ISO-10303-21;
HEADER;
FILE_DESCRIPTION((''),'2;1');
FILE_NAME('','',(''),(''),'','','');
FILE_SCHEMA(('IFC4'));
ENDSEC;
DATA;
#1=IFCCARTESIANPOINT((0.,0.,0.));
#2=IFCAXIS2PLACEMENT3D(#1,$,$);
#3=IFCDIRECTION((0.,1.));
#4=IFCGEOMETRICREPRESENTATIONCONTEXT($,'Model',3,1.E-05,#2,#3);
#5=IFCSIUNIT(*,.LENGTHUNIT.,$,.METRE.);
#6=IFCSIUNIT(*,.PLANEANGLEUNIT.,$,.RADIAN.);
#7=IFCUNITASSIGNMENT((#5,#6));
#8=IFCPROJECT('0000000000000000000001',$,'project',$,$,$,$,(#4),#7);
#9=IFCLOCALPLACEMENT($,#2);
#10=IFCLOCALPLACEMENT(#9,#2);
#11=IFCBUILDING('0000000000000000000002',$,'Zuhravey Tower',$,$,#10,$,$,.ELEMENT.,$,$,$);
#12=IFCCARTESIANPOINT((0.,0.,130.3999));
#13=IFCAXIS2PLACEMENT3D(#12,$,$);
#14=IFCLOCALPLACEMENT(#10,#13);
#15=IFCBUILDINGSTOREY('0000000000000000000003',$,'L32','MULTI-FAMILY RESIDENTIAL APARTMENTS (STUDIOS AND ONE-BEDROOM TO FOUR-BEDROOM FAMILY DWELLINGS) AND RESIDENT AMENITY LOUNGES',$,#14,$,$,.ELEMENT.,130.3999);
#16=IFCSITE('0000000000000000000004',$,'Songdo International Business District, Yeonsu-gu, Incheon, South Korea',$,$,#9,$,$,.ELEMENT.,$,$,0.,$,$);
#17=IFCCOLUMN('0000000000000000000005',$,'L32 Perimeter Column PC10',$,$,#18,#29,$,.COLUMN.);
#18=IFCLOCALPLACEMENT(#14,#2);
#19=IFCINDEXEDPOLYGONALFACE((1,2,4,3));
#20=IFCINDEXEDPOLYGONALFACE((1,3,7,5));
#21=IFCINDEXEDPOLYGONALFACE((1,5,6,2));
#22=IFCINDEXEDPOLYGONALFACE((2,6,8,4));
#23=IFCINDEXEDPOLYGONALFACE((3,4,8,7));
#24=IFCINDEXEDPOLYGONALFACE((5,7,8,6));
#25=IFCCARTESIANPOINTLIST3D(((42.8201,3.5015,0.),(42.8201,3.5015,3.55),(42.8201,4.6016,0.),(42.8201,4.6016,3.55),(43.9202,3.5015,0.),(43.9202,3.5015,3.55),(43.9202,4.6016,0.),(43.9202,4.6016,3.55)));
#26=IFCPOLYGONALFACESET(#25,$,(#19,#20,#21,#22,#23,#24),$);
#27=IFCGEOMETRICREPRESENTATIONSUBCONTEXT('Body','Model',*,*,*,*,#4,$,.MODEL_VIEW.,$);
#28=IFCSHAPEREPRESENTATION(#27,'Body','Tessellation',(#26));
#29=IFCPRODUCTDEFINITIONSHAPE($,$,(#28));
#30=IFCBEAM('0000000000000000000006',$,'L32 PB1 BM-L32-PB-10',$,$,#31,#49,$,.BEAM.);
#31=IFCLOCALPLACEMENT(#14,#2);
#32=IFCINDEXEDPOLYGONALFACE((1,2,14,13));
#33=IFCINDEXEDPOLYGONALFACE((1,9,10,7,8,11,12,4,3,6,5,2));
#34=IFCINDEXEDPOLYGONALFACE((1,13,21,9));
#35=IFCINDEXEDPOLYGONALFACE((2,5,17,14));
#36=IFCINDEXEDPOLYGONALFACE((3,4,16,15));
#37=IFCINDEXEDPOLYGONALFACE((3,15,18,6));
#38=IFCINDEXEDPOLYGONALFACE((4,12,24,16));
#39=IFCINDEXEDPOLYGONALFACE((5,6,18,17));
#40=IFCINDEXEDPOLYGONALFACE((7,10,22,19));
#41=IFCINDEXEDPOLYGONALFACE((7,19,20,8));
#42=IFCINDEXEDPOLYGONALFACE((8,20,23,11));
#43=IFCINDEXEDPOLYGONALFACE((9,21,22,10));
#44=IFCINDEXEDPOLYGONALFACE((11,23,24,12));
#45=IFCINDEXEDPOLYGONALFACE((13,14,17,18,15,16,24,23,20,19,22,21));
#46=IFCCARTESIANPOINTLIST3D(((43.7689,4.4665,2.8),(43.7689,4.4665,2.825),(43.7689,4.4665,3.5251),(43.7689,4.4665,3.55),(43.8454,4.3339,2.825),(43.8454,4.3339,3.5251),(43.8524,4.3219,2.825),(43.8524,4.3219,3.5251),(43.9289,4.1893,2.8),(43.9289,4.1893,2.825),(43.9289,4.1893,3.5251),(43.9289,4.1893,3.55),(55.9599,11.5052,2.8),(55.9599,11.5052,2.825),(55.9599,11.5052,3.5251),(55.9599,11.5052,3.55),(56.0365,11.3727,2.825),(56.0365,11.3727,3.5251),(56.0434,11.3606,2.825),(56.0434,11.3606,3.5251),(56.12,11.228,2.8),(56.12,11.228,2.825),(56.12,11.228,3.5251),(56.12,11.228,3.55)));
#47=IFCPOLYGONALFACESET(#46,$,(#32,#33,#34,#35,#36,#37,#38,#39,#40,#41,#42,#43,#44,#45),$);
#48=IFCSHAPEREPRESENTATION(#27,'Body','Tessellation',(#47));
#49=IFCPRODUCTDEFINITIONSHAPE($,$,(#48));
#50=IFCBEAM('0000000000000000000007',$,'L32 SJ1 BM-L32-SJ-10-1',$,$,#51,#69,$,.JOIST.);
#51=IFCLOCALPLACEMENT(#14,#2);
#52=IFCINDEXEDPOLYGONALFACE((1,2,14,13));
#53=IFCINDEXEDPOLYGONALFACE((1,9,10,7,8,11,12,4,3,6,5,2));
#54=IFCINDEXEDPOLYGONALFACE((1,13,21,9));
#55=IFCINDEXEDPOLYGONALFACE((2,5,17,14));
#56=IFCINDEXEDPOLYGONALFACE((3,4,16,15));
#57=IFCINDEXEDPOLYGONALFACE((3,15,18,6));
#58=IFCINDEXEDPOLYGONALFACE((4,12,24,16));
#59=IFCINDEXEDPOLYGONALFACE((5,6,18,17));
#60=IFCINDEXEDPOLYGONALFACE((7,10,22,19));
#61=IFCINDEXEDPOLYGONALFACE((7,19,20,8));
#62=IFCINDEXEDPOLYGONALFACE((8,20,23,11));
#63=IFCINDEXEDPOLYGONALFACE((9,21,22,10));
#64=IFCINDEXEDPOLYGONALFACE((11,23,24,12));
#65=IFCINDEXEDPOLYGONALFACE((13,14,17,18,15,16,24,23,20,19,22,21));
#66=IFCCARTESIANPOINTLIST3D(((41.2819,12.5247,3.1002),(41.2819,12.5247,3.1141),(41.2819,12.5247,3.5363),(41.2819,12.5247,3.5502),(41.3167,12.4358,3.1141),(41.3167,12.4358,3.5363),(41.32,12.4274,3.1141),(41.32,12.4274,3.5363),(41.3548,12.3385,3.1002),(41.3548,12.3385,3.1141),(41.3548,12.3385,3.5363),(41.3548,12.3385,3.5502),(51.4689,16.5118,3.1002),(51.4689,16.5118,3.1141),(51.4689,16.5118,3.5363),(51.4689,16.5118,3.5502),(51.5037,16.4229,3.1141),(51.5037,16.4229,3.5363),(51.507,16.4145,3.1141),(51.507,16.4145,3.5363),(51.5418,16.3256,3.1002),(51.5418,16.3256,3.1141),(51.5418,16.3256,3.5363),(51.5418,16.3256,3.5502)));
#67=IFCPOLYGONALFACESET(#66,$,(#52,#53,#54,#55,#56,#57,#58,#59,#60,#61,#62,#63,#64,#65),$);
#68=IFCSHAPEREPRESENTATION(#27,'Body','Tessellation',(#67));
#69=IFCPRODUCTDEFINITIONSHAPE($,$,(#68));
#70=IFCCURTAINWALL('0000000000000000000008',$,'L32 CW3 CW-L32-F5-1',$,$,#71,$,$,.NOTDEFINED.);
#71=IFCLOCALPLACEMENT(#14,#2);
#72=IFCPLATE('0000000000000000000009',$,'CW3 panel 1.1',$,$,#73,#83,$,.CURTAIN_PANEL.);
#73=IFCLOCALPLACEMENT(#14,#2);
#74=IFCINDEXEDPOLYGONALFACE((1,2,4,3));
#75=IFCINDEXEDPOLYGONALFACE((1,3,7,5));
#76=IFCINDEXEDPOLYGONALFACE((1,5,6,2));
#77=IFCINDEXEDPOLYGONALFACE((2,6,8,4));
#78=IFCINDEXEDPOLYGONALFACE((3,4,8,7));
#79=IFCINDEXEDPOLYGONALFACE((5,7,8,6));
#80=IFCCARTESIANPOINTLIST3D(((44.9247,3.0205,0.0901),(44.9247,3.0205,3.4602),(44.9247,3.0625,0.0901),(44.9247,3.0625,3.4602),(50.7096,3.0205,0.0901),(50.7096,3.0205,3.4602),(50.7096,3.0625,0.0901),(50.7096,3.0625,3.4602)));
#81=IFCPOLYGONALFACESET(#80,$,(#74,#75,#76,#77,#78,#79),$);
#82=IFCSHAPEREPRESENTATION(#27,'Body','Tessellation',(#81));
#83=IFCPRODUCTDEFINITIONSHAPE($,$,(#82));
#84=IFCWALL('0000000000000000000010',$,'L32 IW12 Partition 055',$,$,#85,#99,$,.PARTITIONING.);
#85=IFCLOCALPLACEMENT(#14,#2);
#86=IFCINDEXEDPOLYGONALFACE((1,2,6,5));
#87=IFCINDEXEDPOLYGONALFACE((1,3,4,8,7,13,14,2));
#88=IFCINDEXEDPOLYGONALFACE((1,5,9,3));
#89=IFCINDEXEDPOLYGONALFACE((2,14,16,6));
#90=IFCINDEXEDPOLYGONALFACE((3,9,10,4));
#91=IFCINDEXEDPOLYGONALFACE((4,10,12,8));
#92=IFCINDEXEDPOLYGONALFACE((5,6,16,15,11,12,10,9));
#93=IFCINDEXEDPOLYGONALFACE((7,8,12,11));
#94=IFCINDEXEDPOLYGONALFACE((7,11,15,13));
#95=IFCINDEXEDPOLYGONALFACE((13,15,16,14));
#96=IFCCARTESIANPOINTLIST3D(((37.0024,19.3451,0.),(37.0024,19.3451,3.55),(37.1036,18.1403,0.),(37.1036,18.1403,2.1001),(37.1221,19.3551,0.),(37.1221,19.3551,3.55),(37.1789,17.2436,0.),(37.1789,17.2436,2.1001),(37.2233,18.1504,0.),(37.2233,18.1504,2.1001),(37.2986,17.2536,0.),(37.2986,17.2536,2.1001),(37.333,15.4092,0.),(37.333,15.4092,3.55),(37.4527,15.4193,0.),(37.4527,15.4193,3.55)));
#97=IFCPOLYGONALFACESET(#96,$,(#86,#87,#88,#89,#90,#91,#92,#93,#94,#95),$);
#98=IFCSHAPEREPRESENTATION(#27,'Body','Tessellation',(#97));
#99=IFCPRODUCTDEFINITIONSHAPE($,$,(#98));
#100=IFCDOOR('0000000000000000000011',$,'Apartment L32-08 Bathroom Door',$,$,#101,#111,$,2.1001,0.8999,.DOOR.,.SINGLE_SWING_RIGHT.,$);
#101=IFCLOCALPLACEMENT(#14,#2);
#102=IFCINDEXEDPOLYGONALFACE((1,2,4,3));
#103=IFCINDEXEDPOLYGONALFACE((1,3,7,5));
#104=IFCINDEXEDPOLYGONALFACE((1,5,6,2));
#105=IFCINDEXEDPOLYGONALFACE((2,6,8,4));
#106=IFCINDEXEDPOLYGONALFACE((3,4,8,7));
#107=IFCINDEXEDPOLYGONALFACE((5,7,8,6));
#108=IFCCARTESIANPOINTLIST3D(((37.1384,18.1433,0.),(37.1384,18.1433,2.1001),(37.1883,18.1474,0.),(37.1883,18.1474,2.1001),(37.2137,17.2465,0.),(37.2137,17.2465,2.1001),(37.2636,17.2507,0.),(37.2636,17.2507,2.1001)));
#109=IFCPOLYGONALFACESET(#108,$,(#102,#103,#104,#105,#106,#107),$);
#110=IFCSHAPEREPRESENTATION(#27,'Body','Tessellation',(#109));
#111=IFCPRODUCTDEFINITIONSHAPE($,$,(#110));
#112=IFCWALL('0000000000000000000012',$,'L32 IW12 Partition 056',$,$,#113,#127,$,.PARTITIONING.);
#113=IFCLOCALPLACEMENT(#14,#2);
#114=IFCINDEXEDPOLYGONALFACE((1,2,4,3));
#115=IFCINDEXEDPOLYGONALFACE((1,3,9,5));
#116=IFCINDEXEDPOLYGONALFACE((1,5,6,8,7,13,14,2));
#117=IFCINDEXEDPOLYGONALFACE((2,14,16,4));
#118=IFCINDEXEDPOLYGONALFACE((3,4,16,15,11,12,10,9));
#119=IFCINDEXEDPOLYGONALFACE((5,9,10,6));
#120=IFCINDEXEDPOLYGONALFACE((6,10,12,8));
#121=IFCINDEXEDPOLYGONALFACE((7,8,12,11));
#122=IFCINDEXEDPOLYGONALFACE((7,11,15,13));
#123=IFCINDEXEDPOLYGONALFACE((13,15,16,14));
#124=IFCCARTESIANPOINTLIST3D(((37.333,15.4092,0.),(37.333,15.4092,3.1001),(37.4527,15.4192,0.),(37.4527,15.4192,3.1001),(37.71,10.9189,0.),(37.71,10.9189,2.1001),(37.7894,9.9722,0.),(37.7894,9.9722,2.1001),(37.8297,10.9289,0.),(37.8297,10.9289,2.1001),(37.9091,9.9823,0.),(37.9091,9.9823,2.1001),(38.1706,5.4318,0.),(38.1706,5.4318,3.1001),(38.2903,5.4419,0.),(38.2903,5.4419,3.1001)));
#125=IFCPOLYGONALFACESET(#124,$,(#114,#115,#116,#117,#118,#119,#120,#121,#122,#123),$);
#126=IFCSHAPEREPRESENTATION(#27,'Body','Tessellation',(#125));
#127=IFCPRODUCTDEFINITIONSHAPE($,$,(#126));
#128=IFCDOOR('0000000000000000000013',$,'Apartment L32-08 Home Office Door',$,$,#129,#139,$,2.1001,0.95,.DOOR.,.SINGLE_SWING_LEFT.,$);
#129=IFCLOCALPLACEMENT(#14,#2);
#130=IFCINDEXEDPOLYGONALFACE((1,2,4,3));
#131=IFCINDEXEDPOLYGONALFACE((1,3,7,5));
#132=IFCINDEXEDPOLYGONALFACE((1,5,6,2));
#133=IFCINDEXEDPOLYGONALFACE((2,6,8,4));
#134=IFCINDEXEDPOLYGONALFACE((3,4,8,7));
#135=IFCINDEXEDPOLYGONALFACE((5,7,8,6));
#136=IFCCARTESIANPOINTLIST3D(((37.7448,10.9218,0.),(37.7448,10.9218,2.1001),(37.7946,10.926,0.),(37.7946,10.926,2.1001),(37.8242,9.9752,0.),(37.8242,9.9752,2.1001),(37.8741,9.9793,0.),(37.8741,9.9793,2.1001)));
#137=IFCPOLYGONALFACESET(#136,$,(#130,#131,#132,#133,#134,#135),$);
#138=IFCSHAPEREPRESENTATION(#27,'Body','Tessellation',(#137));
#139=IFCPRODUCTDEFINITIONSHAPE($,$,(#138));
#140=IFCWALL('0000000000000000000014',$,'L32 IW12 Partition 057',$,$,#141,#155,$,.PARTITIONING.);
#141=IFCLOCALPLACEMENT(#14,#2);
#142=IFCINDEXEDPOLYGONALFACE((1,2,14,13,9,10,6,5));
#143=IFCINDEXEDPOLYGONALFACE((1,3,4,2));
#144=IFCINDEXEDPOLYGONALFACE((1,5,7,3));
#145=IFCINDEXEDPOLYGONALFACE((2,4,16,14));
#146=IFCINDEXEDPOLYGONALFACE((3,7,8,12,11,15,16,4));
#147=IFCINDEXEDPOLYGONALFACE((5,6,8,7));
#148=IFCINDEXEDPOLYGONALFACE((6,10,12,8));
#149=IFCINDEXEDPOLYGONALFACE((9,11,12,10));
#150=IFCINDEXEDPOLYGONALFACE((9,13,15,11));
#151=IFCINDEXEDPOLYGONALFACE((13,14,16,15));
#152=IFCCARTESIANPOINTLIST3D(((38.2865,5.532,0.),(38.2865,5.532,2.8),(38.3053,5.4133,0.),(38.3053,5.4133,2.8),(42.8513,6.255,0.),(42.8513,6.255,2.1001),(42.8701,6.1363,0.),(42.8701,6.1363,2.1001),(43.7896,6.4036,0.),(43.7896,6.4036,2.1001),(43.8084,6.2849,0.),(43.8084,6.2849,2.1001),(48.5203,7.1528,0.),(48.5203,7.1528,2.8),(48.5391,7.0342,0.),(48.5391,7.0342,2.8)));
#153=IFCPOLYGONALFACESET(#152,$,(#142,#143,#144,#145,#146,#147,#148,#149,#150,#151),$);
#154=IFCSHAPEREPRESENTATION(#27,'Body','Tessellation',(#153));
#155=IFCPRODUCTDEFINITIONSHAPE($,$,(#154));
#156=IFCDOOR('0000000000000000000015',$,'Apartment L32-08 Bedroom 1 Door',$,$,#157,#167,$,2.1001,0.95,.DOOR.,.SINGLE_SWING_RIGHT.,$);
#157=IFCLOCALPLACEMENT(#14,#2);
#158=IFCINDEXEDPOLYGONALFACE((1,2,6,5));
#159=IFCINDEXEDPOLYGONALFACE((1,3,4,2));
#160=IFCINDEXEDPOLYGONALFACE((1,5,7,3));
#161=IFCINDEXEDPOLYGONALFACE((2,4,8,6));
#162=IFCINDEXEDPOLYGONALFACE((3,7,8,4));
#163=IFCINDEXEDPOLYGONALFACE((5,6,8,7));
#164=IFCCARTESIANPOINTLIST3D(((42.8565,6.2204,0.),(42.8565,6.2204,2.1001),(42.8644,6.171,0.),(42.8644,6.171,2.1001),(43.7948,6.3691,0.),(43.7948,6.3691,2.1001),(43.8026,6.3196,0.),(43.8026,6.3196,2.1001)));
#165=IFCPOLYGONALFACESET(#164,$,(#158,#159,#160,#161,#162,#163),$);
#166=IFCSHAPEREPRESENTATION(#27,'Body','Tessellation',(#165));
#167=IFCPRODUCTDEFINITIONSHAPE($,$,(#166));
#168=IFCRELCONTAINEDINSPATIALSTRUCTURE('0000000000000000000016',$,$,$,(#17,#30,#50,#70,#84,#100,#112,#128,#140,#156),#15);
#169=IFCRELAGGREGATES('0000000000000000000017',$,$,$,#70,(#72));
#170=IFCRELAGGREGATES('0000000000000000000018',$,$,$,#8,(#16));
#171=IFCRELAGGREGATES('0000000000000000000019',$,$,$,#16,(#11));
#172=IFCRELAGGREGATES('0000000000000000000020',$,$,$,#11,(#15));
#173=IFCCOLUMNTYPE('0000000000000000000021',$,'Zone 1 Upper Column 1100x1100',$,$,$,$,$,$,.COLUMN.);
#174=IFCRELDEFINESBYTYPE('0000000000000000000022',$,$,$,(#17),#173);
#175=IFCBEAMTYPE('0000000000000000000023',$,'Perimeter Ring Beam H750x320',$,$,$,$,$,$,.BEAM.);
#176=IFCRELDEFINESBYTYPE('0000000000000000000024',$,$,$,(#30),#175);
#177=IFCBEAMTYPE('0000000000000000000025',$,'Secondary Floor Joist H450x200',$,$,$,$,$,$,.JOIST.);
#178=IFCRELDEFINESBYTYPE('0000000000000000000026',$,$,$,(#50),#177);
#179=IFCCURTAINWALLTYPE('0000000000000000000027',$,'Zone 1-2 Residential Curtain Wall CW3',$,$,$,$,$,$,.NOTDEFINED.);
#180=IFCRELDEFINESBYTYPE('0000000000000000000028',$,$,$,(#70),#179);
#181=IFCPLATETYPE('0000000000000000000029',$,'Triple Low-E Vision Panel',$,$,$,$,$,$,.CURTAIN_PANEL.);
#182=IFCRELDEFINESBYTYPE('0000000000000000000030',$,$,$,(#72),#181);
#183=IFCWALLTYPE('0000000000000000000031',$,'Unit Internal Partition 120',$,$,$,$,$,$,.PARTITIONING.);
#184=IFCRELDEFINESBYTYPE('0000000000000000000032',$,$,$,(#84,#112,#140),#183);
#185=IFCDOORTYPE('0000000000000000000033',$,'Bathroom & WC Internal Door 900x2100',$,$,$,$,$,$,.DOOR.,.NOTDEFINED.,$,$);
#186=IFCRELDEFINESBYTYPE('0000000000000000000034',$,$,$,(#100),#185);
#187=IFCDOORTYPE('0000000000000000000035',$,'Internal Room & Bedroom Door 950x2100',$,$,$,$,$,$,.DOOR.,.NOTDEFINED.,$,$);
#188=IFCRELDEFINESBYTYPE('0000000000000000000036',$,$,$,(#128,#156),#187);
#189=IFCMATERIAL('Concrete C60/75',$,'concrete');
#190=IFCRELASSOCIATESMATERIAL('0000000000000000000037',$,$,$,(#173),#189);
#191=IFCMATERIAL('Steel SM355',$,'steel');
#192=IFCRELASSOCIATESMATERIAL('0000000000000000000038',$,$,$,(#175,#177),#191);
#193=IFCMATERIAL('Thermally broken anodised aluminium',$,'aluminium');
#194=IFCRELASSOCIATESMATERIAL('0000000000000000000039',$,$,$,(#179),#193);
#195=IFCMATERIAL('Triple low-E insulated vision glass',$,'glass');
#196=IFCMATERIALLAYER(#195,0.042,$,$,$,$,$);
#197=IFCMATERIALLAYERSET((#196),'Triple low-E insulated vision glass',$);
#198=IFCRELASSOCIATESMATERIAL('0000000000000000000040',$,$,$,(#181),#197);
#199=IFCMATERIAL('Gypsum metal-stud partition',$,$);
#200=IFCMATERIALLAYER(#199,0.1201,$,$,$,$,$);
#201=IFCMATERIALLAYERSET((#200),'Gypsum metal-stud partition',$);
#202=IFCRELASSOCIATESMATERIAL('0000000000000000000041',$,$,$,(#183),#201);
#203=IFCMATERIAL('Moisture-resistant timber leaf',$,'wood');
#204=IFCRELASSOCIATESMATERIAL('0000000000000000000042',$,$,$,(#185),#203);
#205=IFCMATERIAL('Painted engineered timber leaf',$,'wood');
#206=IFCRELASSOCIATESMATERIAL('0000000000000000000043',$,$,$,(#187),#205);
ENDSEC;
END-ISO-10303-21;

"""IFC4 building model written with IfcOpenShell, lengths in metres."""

from ifc_helpers import new_model, si_unit, direction, frame, frame_2d, origin, origin_2d, place, context, subcontext, project, spatial, rectangle, i_section, extrude, material, layer, layer_set, material_profile, profile_set, type_object, element, fill, aggregate, save


model = new_model("IFC4")

# Units and contexts
model_context = context("Model", 3, precision=1e-05, world=origin(), true_north=direction((0.0, 1.0)))
body_context = subcontext(model_context, "Body", "Model", "MODEL_VIEW")
ifc_project = project(units=[si_unit("LENGTHUNIT", "METRE"), si_unit("PLANEANGLEUNIT", "RADIAN")], contexts=[model_context])

# Site, building, storey
site_placement = place(None, origin())
site = spatial("IfcSite", under=ifc_project, at=site_placement, Name="Songdo International Business District, Yeonsu-gu, Incheon, South Korea", CompositionType="ELEMENT", RefElevation=0.0)
building_placement = place(site_placement, origin())
building = spatial("IfcBuilding", under=site, at=building_placement, Name="Zuhravey Tower", CompositionType="ELEMENT")
storey_placement = place(building_placement, frame((0.0, 0.0, 130.3999)))
storey = spatial("IfcBuildingStorey", under=building, at=storey_placement, Name="L32", Description="MULTI-FAMILY RESIDENTIAL APARTMENTS (STUDIOS AND ONE-BEDROOM TO FOUR-BEDROOM FAMILY DWELLINGS) AND RESIDENT AMENITY LOUNGES", CompositionType="ELEMENT", Elevation=130.3999)

# Column
ifc_material_1 = material(Name="Concrete C60/75", Category="concrete")
ifc_material_profile_1 = material_profile(ifc_material_1, rectangle(XDim=1.1001, YDim=1.1001, at=origin_2d()), Name="RC-1100x1100")
ifc_profile_set_1 = profile_set([ifc_material_profile_1], Name="Concrete C60/75")
column_type = type_object("IfcColumnType", Name="Zone 1 Upper Column 1100x1100", PredefinedType="COLUMN", material=ifc_profile_set_1)
column_placement = place(storey_placement, frame((43.3701, 4.0515, 0.0), z_axis=(0.0, 0.0, 1.0), x_axis=(1.0, 0.0, 0.0)))
element("IfcColumn", 1, at=column_placement, inside=storey, type_object=column_type, Name="L32 Perimeter Column PC10", PredefinedType="COLUMN", context=body_context, shape_type="SweptSolid", body=[
    extrude(rectangle(XDim=1.1001, YDim=1.1001, at=origin_2d()), origin(), (0.0, 0.0, 1.0), 3.55),
])

# Beams
ifc_material_2 = material(Name="Steel SM355", Category="steel")
ifc_material_profile_2 = material_profile(ifc_material_2, i_section(OverallWidth=0.3201, OverallDepth=0.75, WebThickness=0.0139, FlangeThickness=0.0249, at=origin_2d()), Name="H-750x320x14x25")
ifc_profile_set_2 = profile_set([ifc_material_profile_2], Name="Steel SM355")
beam_type_1 = type_object("IfcBeamType", Name="Perimeter Ring Beam H750x320", PredefinedType="BEAM", material=ifc_profile_set_2)
beam_1_placement = place(storey_placement, frame((43.8489, 4.3279, 3.175), z_axis=(0.866018, 0.500013, 0.0), x_axis=(-0.500013, 0.866018, 0.0)))
element("IfcBeam", 2, at=beam_1_placement, inside=storey, type_object=beam_type_1, Name="L32 PB1 BM-L32-PB-10", PredefinedType="BEAM", context=body_context, shape_type="SweptSolid", body=[
    extrude(i_section(OverallWidth=0.3201, OverallDepth=0.75, WebThickness=0.0139, FlangeThickness=0.0249, at=origin_2d()), origin(), (0.0, 0.0, 1.0), 14.0771),
])
ifc_material_profile_3 = material_profile(ifc_material_2, i_section(OverallWidth=0.2, OverallDepth=0.45, WebThickness=0.009, FlangeThickness=0.0139, at=origin_2d()), Name="H-450x200x9x14")
ifc_profile_set_3 = profile_set([ifc_material_profile_3], Name="Steel SM355")
beam_type_2 = type_object("IfcBeamType", Name="Secondary Floor Joist H450x200", PredefinedType="JOIST", material=ifc_profile_set_3)
beam_2_placement = place(storey_placement, frame((41.3184, 12.4316, 3.3252), z_axis=(0.931217, 0.364466, 0.0), x_axis=(-0.364466, 0.931217, 0.0)))
element("IfcBeam", 3, at=beam_2_placement, inside=storey, type_object=beam_type_2, Name="L32 SJ1 BM-L32-SJ-10-1", PredefinedType="JOIST", context=body_context, shape_type="SweptSolid", body=[
    extrude(i_section(OverallWidth=0.2, OverallDepth=0.45, WebThickness=0.009, FlangeThickness=0.0139, at=origin_2d()), origin(), (0.0, 0.0, 1.0), 10.9395),
])

# Curtain wall, plate
ifc_material_3 = material(Name="Thermally broken anodised aluminium", Category="aluminium")
curtain_wall_type = type_object("IfcCurtainWallType", Name="Zone 1-2 Residential Curtain Wall CW3", PredefinedType="NOTDEFINED", material=ifc_material_3)
curtain_wall_placement = place(storey_placement, origin())
curtain_wall = element("IfcCurtainWall", 4, at=curtain_wall_placement, inside=storey, type_object=curtain_wall_type, Name="L32 CW3 CW-L32-F5-1", PredefinedType="NOTDEFINED")
ifc_material_4 = material(Name="Triple low-E insulated vision glass", Category="glass")
ifc_layer_1 = layer(ifc_material_4, 0.042)
ifc_layer_set_1 = layer_set([ifc_layer_1], Name="Triple low-E insulated vision glass")
plate_type = type_object("IfcPlateType", Name="Triple Low-E Vision Panel", PredefinedType="CURTAIN_PANEL", material=ifc_layer_set_1)
plate_placement = place(storey_placement, frame((47.8171, 3.0415, 0.0901), z_axis=(0.0, 0.0, 1.0), x_axis=(-1.0, 0.0, 0.0)))
plate = element("IfcPlate", 5, at=plate_placement, type_object=plate_type, Name="CW3 panel 1.1", PredefinedType="CURTAIN_PANEL", context=body_context, shape_type="SweptSolid", body=[
    extrude(rectangle(XDim=5.7849, YDim=0.042, at=origin_2d()), origin(), (0.0, 0.0, 1.0), 3.3701),
])
aggregate(curtain_wall, [plate])

# Walls, openings, doors
ifc_material_5 = material(Name="Gypsum metal-stud partition")
ifc_layer_2 = layer(ifc_material_5, 0.1201)
ifc_layer_set_2 = layer_set([ifc_layer_2], Name="Gypsum metal-stud partition")
wall_type = type_object("IfcWallType", Name="Unit Internal Partition 120", PredefinedType="PARTITIONING", material=ifc_layer_set_2)
wall_1_placement = place(storey_placement, frame((37.0623, 19.3501, 0.0), z_axis=(0.0, 0.0, 1.0), x_axis=(0.083695, -0.996491, 0.0)))
wall_1 = element("IfcWall", 6, at=wall_1_placement, inside=storey, type_object=wall_type, Name="L32 IW12 Partition 055", PredefinedType="PARTITIONING", context=body_context, shape_type="SweptSolid", body=[
    extrude(rectangle(XDim=3.9497, YDim=0.1201, at=frame_2d((1.9749, 0.0))), origin(), (0.0, 0.0, 1.0), 3.55),
])
opening_1_placement = place(wall_1_placement, frame((1.209, 0.0, 0.0)))
opening_1 = element("IfcOpeningElement", 7, at=opening_1_placement, cuts=wall_1, PredefinedType="OPENING", context=body_context, shape_type="SweptSolid", body=[
    extrude(rectangle(XDim=0.8999, YDim=2.1001, at=frame_2d((0.45, 1.05))), frame((0.0, 0.072, 0.0), z_axis=(0.0, -1.0, 0.0), x_axis=(1.0, 0.0, 0.0)), (0.0, 0.0, 1.0), 0.144),
])
ifc_material_6 = material(Name="Moisture-resistant timber leaf", Category="wood")
door_type_1 = type_object("IfcDoorType", Name="Bathroom & WC Internal Door 900x2100", OperationType="NOTDEFINED", PredefinedType="DOOR", material=ifc_material_6)
door_1_placement = place(opening_1_placement, origin())
door_1 = element("IfcDoor", 8, at=door_1_placement, inside=storey, type_object=door_type_1, Name="Apartment L32-08 Bathroom Door", OperationType="SINGLE_SWING_RIGHT", OverallHeight=2.1001, OverallWidth=0.8999, PredefinedType="DOOR", context=body_context, shape_type="SweptSolid", body=[
    extrude(rectangle(XDim=0.8999, YDim=2.1001, at=frame_2d((0.45, 1.05))), frame((0.0, 0.0249, 0.0), z_axis=(0.0, -1.0, 0.0), x_axis=(1.0, 0.0, 0.0)), (0.0, 0.0, 1.0), 0.05),
])
fill(opening_1, door_1)
wall_2_placement = place(storey_placement, frame((37.3928, 15.4143, 0.0), z_axis=(0.0, 0.0, 1.0), x_axis=(0.083661, -0.996494, 0.0)))
wall_2 = element("IfcWall", 9, at=wall_2_placement, inside=storey, type_object=wall_type, Name="L32 IW12 Partition 056", PredefinedType="PARTITIONING", context=body_context, shape_type="SweptSolid", body=[
    extrude(rectangle(XDim=10.0125, YDim=0.1201, at=frame_2d((5.0063, 0.0))), origin(), (0.0, 0.0, 1.0), 3.1001),
])
opening_2_placement = place(wall_2_placement, frame((4.5061, 0.0, 0.0)))
opening_2 = element("IfcOpeningElement", 10, at=opening_2_placement, cuts=wall_2, PredefinedType="OPENING", context=body_context, shape_type="SweptSolid", body=[
    extrude(rectangle(XDim=0.95, YDim=2.1001, at=frame_2d((0.4751, 1.05))), frame((0.0, 0.072, 0.0), z_axis=(0.0, -1.0, 0.0), x_axis=(1.0, 0.0, 0.0)), (0.0, 0.0, 1.0), 0.144),
])
ifc_material_7 = material(Name="Painted engineered timber leaf", Category="wood")
door_type_2 = type_object("IfcDoorType", Name="Internal Room & Bedroom Door 950x2100", OperationType="NOTDEFINED", PredefinedType="DOOR", material=ifc_material_7)
door_2_placement = place(opening_2_placement, origin())
door_2 = element("IfcDoor", 11, at=door_2_placement, inside=storey, type_object=door_type_2, Name="Apartment L32-08 Home Office Door", OperationType="SINGLE_SWING_LEFT", OverallHeight=2.1001, OverallWidth=0.95, PredefinedType="DOOR", context=body_context, shape_type="SweptSolid", body=[
    extrude(rectangle(XDim=0.95, YDim=2.1001, at=frame_2d((0.4751, 1.05))), frame((0.0, 0.0249, 0.0), z_axis=(0.0, -1.0, 0.0), x_axis=(1.0, 0.0, 0.0)), (0.0, 0.0, 1.0), 0.05),
])
fill(opening_2, door_2)
wall_3_placement = place(storey_placement, frame((38.2959, 5.4727, 0.0), z_axis=(0.0, 0.0, 1.0), x_axis=(0.987688, 0.156434, 0.0)))
wall_3 = element("IfcWall", 12, at=wall_3_placement, inside=storey, type_object=wall_type, Name="L32 IW12 Partition 057", PredefinedType="PARTITIONING", context=body_context, shape_type="SweptSolid", body=[
    extrude(rectangle(XDim=10.3613, YDim=0.1201, at=frame_2d((5.1807, 0.0))), origin(), (0.0, 0.0, 1.0), 2.8),
])
opening_3_placement = place(wall_3_placement, frame((4.6216, 0.0, 0.0)))
opening_3 = element("IfcOpeningElement", 13, at=opening_3_placement, cuts=wall_3, PredefinedType="OPENING", context=body_context, shape_type="SweptSolid", body=[
    extrude(rectangle(XDim=0.95, YDim=2.1001, at=frame_2d((0.4751, 1.05))), frame((0.0, 0.072, 0.0), z_axis=(0.0, -1.0, 0.0), x_axis=(1.0, 0.0, 0.0)), (0.0, 0.0, 1.0), 0.144),
])
door_3_placement = place(opening_3_placement, frame((0.95, 0.0, 0.0), z_axis=(0.0, 0.0, 1.0), x_axis=(-1.0, 0.0, 0.0)))
door_3 = element("IfcDoor", 14, at=door_3_placement, inside=storey, type_object=door_type_2, Name="Apartment L32-08 Bedroom 1 Door", OperationType="SINGLE_SWING_RIGHT", OverallHeight=2.1001, OverallWidth=0.95, PredefinedType="DOOR", context=body_context, shape_type="SweptSolid", body=[
    extrude(rectangle(XDim=0.95, YDim=2.1001, at=frame_2d((0.4751, 1.05))), frame((0.0, 0.0249, 0.0), z_axis=(0.0, -1.0, 0.0), x_axis=(1.0, 0.0, 0.0)), (0.0, 0.0, 1.0), 0.05),
])
fill(opening_3, door_3)

save(model, "model.ifc")
